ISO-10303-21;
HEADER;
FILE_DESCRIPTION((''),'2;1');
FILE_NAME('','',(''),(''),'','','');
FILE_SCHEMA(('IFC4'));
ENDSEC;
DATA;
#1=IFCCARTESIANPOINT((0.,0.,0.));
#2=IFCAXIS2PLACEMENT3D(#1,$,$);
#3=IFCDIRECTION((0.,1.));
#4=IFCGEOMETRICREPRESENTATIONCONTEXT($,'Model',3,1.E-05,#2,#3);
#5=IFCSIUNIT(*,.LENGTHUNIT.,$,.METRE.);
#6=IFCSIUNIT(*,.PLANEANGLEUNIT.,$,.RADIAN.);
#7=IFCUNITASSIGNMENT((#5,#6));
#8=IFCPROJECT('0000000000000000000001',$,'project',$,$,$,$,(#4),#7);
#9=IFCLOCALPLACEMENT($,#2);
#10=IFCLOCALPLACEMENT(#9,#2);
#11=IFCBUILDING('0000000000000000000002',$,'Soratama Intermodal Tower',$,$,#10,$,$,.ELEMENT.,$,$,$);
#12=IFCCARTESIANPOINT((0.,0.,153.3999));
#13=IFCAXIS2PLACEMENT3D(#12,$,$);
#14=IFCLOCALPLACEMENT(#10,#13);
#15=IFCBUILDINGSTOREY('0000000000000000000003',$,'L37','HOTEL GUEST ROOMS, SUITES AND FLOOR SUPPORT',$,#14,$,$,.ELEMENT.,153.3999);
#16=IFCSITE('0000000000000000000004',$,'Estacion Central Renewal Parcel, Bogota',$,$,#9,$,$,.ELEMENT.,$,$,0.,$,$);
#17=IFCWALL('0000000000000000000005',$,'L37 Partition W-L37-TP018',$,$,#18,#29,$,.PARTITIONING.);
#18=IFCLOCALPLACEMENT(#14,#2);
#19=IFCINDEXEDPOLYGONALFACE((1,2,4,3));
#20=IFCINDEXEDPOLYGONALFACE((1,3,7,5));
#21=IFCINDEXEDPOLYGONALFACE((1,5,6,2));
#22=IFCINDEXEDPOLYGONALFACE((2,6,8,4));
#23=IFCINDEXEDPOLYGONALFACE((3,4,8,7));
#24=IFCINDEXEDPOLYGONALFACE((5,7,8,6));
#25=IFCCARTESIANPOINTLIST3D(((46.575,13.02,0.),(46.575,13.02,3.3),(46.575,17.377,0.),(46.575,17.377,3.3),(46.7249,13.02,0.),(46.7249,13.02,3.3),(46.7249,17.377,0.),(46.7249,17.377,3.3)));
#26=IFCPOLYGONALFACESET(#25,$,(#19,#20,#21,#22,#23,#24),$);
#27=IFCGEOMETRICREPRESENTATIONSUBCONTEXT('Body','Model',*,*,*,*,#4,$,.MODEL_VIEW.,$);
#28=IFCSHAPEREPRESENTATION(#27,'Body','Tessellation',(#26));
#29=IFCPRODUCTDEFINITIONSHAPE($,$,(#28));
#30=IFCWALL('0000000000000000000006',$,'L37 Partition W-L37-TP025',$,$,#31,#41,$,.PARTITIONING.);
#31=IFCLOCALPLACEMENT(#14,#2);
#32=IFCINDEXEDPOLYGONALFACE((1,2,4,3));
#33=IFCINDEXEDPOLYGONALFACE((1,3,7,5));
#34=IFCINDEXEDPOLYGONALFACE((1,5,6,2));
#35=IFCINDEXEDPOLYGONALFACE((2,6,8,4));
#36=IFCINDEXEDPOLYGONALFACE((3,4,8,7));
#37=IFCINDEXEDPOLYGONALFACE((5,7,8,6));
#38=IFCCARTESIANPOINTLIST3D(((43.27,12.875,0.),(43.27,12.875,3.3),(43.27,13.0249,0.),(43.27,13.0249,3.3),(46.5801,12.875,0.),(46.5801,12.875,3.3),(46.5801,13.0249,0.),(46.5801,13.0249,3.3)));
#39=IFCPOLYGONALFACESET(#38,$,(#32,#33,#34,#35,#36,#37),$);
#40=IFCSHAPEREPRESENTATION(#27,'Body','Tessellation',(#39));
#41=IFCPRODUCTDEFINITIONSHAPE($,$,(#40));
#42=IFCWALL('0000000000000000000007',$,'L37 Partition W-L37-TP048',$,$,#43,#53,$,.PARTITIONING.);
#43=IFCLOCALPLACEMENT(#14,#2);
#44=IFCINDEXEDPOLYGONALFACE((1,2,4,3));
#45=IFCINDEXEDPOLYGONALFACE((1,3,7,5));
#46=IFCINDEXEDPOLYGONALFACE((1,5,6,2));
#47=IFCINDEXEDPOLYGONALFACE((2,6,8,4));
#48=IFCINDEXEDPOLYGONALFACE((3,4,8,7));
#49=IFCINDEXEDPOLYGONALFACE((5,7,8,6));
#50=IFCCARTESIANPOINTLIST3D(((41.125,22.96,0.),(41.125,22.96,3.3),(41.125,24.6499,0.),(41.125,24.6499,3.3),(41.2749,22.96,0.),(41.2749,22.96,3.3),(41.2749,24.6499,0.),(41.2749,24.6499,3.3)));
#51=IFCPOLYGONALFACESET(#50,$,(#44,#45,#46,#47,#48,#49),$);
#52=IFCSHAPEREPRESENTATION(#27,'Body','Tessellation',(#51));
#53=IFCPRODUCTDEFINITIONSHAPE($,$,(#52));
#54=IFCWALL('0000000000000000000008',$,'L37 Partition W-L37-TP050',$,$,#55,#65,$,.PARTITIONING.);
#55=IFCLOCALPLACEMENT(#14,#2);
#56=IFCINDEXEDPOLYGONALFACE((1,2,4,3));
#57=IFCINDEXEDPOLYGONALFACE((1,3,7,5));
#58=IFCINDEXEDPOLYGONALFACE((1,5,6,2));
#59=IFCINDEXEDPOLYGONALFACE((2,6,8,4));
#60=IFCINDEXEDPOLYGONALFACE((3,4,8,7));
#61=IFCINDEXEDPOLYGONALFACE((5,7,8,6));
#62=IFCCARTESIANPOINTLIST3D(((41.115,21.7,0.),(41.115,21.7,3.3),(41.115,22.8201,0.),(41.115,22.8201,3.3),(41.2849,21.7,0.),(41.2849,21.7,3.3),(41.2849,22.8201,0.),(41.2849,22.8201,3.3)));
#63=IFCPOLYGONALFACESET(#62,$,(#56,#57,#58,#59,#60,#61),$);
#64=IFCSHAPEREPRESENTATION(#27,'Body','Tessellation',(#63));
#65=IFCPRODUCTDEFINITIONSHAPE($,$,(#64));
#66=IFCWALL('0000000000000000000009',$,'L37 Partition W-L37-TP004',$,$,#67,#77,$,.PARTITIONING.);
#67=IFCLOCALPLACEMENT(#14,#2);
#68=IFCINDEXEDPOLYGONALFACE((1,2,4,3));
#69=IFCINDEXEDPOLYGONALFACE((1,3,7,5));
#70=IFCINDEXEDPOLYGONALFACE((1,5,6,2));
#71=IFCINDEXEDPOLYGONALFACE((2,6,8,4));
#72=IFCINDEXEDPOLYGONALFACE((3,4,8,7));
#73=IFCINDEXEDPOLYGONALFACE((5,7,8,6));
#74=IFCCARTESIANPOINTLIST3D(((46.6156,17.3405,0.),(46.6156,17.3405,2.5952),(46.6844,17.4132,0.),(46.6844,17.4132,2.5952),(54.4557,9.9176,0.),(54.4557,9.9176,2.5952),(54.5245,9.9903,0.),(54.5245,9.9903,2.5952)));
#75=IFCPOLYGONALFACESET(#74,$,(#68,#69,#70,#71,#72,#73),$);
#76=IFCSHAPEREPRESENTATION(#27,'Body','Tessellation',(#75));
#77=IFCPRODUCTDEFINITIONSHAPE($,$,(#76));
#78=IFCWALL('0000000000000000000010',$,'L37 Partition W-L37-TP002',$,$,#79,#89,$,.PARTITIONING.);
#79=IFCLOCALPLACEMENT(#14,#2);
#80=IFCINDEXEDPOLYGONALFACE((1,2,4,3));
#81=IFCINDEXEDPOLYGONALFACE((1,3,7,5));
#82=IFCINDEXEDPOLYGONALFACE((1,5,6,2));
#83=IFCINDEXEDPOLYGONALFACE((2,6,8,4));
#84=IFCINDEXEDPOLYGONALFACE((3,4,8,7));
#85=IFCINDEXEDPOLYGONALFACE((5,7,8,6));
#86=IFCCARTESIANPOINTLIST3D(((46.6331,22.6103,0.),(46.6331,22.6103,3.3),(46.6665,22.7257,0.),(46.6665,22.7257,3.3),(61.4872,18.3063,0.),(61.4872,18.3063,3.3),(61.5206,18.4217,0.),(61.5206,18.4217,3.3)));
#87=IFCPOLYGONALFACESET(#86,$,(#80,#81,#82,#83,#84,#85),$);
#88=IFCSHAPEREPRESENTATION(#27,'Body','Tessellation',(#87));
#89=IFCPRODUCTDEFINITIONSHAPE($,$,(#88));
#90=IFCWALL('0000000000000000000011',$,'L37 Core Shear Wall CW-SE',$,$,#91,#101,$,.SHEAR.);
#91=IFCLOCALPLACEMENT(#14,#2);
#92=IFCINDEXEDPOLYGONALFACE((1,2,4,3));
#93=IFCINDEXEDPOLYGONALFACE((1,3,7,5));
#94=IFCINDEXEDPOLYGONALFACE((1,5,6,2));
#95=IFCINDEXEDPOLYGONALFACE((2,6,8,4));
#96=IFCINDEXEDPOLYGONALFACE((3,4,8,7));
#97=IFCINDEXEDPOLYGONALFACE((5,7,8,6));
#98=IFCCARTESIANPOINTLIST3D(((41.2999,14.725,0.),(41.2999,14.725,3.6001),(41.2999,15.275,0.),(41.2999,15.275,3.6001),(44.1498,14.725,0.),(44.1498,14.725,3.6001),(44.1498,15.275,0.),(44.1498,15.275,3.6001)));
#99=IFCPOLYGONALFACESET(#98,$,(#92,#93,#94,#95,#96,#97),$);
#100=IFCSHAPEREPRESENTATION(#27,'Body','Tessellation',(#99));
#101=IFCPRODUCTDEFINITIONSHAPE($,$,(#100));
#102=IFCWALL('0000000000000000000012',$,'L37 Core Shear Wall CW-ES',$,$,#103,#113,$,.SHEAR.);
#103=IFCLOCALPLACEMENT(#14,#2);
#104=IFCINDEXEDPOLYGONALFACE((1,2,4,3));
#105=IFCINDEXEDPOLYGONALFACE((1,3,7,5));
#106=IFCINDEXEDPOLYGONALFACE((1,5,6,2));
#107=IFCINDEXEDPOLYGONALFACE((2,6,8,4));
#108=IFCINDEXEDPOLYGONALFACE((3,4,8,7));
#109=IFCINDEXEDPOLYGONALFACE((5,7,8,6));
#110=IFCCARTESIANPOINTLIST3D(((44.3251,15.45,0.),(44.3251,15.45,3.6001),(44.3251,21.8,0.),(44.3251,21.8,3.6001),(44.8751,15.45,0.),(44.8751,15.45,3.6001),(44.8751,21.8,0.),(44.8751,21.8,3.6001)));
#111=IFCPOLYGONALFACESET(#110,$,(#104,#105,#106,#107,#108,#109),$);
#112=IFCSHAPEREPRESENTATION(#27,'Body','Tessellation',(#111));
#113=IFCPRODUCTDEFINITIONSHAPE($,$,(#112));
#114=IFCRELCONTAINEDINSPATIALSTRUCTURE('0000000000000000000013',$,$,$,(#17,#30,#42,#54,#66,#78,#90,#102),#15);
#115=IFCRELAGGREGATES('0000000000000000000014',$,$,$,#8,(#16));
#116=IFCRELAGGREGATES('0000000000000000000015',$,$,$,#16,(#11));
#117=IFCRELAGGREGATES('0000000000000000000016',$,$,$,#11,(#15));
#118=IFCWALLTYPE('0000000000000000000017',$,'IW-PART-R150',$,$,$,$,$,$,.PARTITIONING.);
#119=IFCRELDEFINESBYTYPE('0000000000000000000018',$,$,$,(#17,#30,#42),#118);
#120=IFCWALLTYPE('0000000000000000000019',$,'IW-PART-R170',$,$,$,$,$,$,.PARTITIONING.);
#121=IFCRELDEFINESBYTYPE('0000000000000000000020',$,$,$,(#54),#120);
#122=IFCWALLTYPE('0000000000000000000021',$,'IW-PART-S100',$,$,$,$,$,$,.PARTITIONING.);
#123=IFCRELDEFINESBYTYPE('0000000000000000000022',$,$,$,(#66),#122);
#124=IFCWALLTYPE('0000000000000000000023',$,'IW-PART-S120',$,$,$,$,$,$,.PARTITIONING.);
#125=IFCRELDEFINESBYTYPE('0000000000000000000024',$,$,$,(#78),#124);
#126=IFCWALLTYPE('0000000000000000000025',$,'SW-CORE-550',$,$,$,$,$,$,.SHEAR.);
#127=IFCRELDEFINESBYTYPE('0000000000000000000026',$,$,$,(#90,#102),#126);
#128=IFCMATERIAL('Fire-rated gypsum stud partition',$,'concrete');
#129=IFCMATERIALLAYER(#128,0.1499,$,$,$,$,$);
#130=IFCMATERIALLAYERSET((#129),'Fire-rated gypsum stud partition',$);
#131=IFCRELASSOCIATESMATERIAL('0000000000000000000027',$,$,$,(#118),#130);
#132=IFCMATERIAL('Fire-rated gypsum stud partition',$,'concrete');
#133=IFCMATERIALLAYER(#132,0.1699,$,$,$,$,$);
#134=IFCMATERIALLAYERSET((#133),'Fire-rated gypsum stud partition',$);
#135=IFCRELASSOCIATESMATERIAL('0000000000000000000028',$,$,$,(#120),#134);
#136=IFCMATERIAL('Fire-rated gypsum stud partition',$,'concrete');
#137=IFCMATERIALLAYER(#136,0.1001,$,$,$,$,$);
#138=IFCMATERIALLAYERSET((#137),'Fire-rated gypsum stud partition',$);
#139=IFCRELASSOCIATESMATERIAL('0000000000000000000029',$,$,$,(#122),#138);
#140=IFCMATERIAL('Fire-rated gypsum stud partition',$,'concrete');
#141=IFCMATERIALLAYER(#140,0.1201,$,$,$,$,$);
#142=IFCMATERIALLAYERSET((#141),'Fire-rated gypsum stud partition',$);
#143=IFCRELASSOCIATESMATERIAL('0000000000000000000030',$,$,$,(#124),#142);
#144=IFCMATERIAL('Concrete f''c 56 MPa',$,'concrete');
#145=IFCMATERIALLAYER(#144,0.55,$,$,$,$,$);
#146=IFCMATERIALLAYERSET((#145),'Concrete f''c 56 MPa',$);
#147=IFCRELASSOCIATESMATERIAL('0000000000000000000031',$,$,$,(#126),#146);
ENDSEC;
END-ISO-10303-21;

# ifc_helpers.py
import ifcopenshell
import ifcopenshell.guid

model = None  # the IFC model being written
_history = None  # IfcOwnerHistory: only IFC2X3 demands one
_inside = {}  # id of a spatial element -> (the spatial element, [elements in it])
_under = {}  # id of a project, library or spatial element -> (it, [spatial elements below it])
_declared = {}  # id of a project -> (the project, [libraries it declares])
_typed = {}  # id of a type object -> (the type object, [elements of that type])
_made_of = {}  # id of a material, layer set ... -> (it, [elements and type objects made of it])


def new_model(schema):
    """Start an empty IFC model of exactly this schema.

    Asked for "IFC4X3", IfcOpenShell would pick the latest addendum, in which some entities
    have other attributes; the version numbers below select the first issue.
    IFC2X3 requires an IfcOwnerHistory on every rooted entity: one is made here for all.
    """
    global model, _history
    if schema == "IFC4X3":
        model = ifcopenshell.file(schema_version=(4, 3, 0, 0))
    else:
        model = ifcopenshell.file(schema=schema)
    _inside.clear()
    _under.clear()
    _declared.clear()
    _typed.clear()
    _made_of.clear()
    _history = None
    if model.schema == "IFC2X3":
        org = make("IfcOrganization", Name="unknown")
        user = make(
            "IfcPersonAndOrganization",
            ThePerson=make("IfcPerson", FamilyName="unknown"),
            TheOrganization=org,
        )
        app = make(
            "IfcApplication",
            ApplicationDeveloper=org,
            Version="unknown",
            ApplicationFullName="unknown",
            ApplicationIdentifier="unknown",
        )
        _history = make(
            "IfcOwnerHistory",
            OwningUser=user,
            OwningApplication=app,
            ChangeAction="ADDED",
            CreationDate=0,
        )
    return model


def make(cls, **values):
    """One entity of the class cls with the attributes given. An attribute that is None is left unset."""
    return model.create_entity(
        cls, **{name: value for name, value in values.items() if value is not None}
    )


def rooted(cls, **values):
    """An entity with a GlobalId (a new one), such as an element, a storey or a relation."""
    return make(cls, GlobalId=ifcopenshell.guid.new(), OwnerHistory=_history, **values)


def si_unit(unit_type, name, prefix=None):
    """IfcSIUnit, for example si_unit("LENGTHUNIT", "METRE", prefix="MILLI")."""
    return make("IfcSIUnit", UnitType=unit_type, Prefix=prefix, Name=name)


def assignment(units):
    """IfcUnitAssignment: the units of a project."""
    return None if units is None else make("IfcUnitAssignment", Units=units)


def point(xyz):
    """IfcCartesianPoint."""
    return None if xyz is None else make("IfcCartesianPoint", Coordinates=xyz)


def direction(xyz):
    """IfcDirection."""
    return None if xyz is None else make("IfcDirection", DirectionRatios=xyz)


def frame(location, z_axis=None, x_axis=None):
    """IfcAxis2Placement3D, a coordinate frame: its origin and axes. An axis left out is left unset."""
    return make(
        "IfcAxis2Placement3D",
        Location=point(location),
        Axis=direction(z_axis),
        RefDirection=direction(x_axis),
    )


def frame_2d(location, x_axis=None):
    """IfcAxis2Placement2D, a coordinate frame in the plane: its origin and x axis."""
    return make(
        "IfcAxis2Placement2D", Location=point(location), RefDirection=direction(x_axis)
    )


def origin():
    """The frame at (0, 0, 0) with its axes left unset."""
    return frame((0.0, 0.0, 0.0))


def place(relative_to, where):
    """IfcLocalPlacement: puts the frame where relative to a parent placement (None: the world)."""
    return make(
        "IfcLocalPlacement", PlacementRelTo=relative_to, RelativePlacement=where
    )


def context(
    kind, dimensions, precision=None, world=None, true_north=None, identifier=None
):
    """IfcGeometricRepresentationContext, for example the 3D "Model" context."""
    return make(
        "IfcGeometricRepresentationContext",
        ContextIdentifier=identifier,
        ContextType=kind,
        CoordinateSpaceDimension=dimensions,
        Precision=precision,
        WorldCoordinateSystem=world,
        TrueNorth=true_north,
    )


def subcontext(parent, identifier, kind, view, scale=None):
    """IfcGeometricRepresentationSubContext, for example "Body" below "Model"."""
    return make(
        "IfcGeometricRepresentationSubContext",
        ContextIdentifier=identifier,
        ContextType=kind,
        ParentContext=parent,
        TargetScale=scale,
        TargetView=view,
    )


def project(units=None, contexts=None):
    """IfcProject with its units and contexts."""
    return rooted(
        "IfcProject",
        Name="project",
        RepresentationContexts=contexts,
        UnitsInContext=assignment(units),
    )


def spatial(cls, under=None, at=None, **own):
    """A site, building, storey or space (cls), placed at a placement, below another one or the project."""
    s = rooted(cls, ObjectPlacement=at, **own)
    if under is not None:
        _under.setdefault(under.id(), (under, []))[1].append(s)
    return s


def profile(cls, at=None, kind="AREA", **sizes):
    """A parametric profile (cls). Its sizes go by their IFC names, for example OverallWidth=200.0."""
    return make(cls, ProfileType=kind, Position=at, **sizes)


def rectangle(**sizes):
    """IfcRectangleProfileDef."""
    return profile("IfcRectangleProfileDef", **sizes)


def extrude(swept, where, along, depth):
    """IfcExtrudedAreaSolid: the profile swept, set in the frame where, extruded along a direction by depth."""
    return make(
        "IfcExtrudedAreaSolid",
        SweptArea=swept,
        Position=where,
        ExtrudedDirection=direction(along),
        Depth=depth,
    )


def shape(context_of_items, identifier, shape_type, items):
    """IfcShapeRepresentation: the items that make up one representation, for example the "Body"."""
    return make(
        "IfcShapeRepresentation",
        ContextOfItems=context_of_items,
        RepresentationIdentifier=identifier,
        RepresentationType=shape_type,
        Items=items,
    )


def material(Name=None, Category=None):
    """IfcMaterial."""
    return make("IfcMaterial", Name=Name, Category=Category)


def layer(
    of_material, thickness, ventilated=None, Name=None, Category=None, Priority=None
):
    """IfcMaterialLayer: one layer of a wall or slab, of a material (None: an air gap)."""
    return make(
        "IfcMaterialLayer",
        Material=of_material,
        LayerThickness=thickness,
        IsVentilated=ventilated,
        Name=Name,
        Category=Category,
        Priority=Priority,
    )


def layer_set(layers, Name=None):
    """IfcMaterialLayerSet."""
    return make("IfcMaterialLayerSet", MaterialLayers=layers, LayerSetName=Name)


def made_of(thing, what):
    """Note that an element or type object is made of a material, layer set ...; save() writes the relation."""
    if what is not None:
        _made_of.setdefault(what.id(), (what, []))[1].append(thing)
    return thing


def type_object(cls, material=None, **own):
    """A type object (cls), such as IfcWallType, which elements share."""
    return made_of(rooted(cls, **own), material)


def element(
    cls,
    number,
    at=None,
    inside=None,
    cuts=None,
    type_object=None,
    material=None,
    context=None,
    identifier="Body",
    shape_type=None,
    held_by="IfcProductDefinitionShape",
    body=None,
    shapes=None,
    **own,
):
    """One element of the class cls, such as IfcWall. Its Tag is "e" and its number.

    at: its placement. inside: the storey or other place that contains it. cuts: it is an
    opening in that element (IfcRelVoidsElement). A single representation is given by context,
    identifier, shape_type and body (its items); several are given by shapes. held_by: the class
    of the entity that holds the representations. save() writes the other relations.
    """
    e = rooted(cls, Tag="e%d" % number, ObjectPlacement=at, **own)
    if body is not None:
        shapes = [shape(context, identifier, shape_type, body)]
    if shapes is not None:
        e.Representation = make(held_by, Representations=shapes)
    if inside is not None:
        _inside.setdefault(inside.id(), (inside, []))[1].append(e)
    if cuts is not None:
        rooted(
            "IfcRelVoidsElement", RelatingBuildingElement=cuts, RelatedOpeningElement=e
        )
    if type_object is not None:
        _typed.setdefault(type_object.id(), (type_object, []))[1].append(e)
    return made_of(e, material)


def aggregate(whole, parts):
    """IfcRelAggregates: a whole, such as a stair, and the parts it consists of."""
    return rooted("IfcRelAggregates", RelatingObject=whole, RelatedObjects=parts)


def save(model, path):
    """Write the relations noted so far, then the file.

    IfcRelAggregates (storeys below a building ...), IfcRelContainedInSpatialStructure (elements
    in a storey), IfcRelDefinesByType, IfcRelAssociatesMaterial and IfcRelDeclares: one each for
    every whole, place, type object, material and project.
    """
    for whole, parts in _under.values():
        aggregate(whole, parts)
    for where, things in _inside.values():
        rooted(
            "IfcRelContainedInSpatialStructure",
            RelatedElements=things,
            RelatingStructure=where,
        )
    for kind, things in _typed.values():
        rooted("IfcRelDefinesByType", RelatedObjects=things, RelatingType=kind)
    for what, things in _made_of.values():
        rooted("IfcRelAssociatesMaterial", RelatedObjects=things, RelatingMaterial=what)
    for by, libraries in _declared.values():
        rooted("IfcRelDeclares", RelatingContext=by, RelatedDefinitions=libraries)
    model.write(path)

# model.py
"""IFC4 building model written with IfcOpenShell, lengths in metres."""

from ifc_helpers import new_model, si_unit, direction, frame, frame_2d, origin, place, context, subcontext, project, spatial, rectangle, extrude, material, layer, layer_set, type_object, element, save


model = new_model("IFC4")

# Units and contexts
model_context = context("Model", 3, precision=1e-05, world=origin(), true_north=direction((0.0, 1.0)))
body_context = subcontext(model_context, "Body", "Model", "MODEL_VIEW")
ifc_project = project(units=[si_unit("LENGTHUNIT", "METRE"), si_unit("PLANEANGLEUNIT", "RADIAN")], contexts=[model_context])

# Site, building, storey
site_placement = place(None, origin())
site = spatial("IfcSite", under=ifc_project, at=site_placement, Name="Estacion Central Renewal Parcel, Bogota", CompositionType="ELEMENT", RefElevation=0.0)
building_placement = place(site_placement, origin())
building = spatial("IfcBuilding", under=site, at=building_placement, Name="Soratama Intermodal Tower", CompositionType="ELEMENT")
storey_placement = place(building_placement, frame((0.0, 0.0, 153.3999)))
storey = spatial("IfcBuildingStorey", under=building, at=storey_placement, Name="L37", Description="HOTEL GUEST ROOMS, SUITES AND FLOOR SUPPORT", CompositionType="ELEMENT", Elevation=153.3999)

# Shared definitions
ifc_material_1 = material(Name="Fire-rated gypsum stud partition", Category="concrete")
ifc_layer_1 = layer(ifc_material_1, 0.1499)
ifc_layer_set_1 = layer_set([ifc_layer_1], Name="Fire-rated gypsum stud partition")
wall_type_1 = type_object("IfcWallType", Name="IW-PART-R150", PredefinedType="PARTITIONING", material=ifc_layer_set_1)

# Walls
wall_1_placement = place(storey_placement, frame((46.6499, 17.377, 0.0), z_axis=(0.0, 0.0, 1.0), x_axis=(0.0, -1.0, 0.0)))
element("IfcWall", 1, at=wall_1_placement, inside=storey, type_object=wall_type_1, Name="L37 Partition W-L37-TP018", PredefinedType="PARTITIONING", context=body_context, shape_type="SweptSolid", body=[
    extrude(rectangle(XDim=4.3569, YDim=0.1499, at=frame_2d((2.1785, 0.0))), origin(), (0.0, 0.0, 1.0), 3.3),
])
wall_2_placement = place(storey_placement, frame((46.5801, 12.95, 0.0), z_axis=(0.0, 0.0, 1.0), x_axis=(-1.0, 0.0, 0.0)))
element("IfcWall", 2, at=wall_2_placement, inside=storey, type_object=wall_type_1, Name="L37 Partition W-L37-TP025", PredefinedType="PARTITIONING", context=body_context, shape_type="SweptSolid", body=[
    extrude(rectangle(XDim=3.3101, YDim=0.1499, at=frame_2d((1.655, 0.0))), origin(), (0.0, 0.0, 1.0), 3.3),
])
wall_3_placement = place(storey_placement, frame((41.2, 22.96, 0.0), z_axis=(0.0, 0.0, 1.0), x_axis=(0.0, 1.0, 0.0)))
element("IfcWall", 3, at=wall_3_placement, inside=storey, type_object=wall_type_1, Name="L37 Partition W-L37-TP048", PredefinedType="PARTITIONING", context=body_context, shape_type="SweptSolid", body=[
    extrude(rectangle(XDim=1.6899, YDim=0.1499, at=frame_2d((0.845, 0.0))), origin(), (0.0, 0.0, 1.0), 3.3),
])

# Shared definitions
ifc_material_2 = material(Name="Fire-rated gypsum stud partition", Category="concrete")
ifc_layer_2 = layer(ifc_material_2, 0.1699)
ifc_layer_set_2 = layer_set([ifc_layer_2], Name="Fire-rated gypsum stud partition")
wall_type_2 = type_object("IfcWallType", Name="IW-PART-R170", PredefinedType="PARTITIONING", material=ifc_layer_set_2)

# Walls
wall_4_placement = place(storey_placement, frame((41.2, 21.7, 0.0), z_axis=(0.0, 0.0, 1.0), x_axis=(0.0, 1.0, 0.0)))
element("IfcWall", 4, at=wall_4_placement, inside=storey, type_object=wall_type_2, Name="L37 Partition W-L37-TP050", PredefinedType="PARTITIONING", context=body_context, shape_type="SweptSolid", body=[
    extrude(rectangle(XDim=1.1201, YDim=0.1699, at=frame_2d((0.5601, 0.0))), origin(), (0.0, 0.0, 1.0), 3.3),
])
ifc_material_3 = material(Name="Fire-rated gypsum stud partition", Category="concrete")
ifc_layer_3 = layer(ifc_material_3, 0.1001)
ifc_layer_set_3 = layer_set([ifc_layer_3], Name="Fire-rated gypsum stud partition")
wall_type_3 = type_object("IfcWallType", Name="IW-PART-S100", PredefinedType="PARTITIONING", material=ifc_layer_set_3)
wall_5_placement = place(storey_placement, frame((46.6499, 17.377, 0.0), z_axis=(0.0, 0.0, 1.0), x_axis=(0.726165, -0.68752, 0.0)))
element("IfcWall", 5, at=wall_5_placement, inside=storey, type_object=wall_type_3, Name="L37 Partition W-L37-TP004", PredefinedType="PARTITIONING", context=body_context, shape_type="SweptSolid", body=[
    extrude(rectangle(XDim=10.7966, YDim=0.1001, at=frame_2d((5.3984, 0.0))), origin(), (0.0, 0.0, 1.0), 2.5952),
])
ifc_material_4 = material(Name="Fire-rated gypsum stud partition", Category="concrete")
ifc_layer_4 = layer(ifc_material_4, 0.1201)
ifc_layer_set_4 = layer_set([ifc_layer_4], Name="Fire-rated gypsum stud partition")
wall_type_4 = type_object("IfcWallType", Name="IW-PART-S120", PredefinedType="PARTITIONING", material=ifc_layer_set_4)
wall_6_placement = place(storey_placement, frame((46.6499, 22.668, 0.0), z_axis=(0.0, 0.0, 1.0), x_axis=(0.960493, -0.278303, 0.0)))
element("IfcWall", 6, at=wall_6_placement, inside=storey, type_object=wall_type_4, Name="L37 Partition W-L37-TP002", PredefinedType="PARTITIONING", context=body_context, shape_type="SweptSolid", body=[
    extrude(rectangle(XDim=15.4651, YDim=0.1201, at=frame_2d((7.7324, 0.0))), origin(), (0.0, 0.0, 1.0), 3.3),
])
ifc_material_5 = material(Name="Concrete f'c 56 MPa", Category="concrete")
ifc_layer_5 = layer(ifc_material_5, 0.55)
ifc_layer_set_5 = layer_set([ifc_layer_5], Name="Concrete f'c 56 MPa")
wall_type_5 = type_object("IfcWallType", Name="SW-CORE-550", PredefinedType="SHEAR", material=ifc_layer_set_5)
wall_7_placement = place(storey_placement, frame((41.3, 15.0, 0.0), z_axis=(0.0, 0.0, 1.0), x_axis=(1.0, 0.0, 0.0)))
element("IfcWall", 7, at=wall_7_placement, inside=storey, type_object=wall_type_5, Name="L37 Core Shear Wall CW-SE", PredefinedType="SHEAR", context=body_context, shape_type="SweptSolid", body=[
    extrude(rectangle(XDim=2.8499, YDim=0.55, at=frame_2d((1.4248, 0.0))), origin(), (0.0, 0.0, 1.0), 3.6001),
])
wall_8_placement = place(storey_placement, frame((44.6001, 15.45, 0.0), z_axis=(0.0, 0.0, 1.0), x_axis=(0.0, 1.0, 0.0)))
element("IfcWall", 8, at=wall_8_placement, inside=storey, type_object=wall_type_5, Name="L37 Core Shear Wall CW-ES", PredefinedType="SHEAR", context=body_context, shape_type="SweptSolid", body=[
    extrude(rectangle(XDim=6.3501, YDim=0.55, at=frame_2d((3.175, 0.0))), origin(), (0.0, 0.0, 1.0), 3.6001),
])

save(model, "model.ifc")
